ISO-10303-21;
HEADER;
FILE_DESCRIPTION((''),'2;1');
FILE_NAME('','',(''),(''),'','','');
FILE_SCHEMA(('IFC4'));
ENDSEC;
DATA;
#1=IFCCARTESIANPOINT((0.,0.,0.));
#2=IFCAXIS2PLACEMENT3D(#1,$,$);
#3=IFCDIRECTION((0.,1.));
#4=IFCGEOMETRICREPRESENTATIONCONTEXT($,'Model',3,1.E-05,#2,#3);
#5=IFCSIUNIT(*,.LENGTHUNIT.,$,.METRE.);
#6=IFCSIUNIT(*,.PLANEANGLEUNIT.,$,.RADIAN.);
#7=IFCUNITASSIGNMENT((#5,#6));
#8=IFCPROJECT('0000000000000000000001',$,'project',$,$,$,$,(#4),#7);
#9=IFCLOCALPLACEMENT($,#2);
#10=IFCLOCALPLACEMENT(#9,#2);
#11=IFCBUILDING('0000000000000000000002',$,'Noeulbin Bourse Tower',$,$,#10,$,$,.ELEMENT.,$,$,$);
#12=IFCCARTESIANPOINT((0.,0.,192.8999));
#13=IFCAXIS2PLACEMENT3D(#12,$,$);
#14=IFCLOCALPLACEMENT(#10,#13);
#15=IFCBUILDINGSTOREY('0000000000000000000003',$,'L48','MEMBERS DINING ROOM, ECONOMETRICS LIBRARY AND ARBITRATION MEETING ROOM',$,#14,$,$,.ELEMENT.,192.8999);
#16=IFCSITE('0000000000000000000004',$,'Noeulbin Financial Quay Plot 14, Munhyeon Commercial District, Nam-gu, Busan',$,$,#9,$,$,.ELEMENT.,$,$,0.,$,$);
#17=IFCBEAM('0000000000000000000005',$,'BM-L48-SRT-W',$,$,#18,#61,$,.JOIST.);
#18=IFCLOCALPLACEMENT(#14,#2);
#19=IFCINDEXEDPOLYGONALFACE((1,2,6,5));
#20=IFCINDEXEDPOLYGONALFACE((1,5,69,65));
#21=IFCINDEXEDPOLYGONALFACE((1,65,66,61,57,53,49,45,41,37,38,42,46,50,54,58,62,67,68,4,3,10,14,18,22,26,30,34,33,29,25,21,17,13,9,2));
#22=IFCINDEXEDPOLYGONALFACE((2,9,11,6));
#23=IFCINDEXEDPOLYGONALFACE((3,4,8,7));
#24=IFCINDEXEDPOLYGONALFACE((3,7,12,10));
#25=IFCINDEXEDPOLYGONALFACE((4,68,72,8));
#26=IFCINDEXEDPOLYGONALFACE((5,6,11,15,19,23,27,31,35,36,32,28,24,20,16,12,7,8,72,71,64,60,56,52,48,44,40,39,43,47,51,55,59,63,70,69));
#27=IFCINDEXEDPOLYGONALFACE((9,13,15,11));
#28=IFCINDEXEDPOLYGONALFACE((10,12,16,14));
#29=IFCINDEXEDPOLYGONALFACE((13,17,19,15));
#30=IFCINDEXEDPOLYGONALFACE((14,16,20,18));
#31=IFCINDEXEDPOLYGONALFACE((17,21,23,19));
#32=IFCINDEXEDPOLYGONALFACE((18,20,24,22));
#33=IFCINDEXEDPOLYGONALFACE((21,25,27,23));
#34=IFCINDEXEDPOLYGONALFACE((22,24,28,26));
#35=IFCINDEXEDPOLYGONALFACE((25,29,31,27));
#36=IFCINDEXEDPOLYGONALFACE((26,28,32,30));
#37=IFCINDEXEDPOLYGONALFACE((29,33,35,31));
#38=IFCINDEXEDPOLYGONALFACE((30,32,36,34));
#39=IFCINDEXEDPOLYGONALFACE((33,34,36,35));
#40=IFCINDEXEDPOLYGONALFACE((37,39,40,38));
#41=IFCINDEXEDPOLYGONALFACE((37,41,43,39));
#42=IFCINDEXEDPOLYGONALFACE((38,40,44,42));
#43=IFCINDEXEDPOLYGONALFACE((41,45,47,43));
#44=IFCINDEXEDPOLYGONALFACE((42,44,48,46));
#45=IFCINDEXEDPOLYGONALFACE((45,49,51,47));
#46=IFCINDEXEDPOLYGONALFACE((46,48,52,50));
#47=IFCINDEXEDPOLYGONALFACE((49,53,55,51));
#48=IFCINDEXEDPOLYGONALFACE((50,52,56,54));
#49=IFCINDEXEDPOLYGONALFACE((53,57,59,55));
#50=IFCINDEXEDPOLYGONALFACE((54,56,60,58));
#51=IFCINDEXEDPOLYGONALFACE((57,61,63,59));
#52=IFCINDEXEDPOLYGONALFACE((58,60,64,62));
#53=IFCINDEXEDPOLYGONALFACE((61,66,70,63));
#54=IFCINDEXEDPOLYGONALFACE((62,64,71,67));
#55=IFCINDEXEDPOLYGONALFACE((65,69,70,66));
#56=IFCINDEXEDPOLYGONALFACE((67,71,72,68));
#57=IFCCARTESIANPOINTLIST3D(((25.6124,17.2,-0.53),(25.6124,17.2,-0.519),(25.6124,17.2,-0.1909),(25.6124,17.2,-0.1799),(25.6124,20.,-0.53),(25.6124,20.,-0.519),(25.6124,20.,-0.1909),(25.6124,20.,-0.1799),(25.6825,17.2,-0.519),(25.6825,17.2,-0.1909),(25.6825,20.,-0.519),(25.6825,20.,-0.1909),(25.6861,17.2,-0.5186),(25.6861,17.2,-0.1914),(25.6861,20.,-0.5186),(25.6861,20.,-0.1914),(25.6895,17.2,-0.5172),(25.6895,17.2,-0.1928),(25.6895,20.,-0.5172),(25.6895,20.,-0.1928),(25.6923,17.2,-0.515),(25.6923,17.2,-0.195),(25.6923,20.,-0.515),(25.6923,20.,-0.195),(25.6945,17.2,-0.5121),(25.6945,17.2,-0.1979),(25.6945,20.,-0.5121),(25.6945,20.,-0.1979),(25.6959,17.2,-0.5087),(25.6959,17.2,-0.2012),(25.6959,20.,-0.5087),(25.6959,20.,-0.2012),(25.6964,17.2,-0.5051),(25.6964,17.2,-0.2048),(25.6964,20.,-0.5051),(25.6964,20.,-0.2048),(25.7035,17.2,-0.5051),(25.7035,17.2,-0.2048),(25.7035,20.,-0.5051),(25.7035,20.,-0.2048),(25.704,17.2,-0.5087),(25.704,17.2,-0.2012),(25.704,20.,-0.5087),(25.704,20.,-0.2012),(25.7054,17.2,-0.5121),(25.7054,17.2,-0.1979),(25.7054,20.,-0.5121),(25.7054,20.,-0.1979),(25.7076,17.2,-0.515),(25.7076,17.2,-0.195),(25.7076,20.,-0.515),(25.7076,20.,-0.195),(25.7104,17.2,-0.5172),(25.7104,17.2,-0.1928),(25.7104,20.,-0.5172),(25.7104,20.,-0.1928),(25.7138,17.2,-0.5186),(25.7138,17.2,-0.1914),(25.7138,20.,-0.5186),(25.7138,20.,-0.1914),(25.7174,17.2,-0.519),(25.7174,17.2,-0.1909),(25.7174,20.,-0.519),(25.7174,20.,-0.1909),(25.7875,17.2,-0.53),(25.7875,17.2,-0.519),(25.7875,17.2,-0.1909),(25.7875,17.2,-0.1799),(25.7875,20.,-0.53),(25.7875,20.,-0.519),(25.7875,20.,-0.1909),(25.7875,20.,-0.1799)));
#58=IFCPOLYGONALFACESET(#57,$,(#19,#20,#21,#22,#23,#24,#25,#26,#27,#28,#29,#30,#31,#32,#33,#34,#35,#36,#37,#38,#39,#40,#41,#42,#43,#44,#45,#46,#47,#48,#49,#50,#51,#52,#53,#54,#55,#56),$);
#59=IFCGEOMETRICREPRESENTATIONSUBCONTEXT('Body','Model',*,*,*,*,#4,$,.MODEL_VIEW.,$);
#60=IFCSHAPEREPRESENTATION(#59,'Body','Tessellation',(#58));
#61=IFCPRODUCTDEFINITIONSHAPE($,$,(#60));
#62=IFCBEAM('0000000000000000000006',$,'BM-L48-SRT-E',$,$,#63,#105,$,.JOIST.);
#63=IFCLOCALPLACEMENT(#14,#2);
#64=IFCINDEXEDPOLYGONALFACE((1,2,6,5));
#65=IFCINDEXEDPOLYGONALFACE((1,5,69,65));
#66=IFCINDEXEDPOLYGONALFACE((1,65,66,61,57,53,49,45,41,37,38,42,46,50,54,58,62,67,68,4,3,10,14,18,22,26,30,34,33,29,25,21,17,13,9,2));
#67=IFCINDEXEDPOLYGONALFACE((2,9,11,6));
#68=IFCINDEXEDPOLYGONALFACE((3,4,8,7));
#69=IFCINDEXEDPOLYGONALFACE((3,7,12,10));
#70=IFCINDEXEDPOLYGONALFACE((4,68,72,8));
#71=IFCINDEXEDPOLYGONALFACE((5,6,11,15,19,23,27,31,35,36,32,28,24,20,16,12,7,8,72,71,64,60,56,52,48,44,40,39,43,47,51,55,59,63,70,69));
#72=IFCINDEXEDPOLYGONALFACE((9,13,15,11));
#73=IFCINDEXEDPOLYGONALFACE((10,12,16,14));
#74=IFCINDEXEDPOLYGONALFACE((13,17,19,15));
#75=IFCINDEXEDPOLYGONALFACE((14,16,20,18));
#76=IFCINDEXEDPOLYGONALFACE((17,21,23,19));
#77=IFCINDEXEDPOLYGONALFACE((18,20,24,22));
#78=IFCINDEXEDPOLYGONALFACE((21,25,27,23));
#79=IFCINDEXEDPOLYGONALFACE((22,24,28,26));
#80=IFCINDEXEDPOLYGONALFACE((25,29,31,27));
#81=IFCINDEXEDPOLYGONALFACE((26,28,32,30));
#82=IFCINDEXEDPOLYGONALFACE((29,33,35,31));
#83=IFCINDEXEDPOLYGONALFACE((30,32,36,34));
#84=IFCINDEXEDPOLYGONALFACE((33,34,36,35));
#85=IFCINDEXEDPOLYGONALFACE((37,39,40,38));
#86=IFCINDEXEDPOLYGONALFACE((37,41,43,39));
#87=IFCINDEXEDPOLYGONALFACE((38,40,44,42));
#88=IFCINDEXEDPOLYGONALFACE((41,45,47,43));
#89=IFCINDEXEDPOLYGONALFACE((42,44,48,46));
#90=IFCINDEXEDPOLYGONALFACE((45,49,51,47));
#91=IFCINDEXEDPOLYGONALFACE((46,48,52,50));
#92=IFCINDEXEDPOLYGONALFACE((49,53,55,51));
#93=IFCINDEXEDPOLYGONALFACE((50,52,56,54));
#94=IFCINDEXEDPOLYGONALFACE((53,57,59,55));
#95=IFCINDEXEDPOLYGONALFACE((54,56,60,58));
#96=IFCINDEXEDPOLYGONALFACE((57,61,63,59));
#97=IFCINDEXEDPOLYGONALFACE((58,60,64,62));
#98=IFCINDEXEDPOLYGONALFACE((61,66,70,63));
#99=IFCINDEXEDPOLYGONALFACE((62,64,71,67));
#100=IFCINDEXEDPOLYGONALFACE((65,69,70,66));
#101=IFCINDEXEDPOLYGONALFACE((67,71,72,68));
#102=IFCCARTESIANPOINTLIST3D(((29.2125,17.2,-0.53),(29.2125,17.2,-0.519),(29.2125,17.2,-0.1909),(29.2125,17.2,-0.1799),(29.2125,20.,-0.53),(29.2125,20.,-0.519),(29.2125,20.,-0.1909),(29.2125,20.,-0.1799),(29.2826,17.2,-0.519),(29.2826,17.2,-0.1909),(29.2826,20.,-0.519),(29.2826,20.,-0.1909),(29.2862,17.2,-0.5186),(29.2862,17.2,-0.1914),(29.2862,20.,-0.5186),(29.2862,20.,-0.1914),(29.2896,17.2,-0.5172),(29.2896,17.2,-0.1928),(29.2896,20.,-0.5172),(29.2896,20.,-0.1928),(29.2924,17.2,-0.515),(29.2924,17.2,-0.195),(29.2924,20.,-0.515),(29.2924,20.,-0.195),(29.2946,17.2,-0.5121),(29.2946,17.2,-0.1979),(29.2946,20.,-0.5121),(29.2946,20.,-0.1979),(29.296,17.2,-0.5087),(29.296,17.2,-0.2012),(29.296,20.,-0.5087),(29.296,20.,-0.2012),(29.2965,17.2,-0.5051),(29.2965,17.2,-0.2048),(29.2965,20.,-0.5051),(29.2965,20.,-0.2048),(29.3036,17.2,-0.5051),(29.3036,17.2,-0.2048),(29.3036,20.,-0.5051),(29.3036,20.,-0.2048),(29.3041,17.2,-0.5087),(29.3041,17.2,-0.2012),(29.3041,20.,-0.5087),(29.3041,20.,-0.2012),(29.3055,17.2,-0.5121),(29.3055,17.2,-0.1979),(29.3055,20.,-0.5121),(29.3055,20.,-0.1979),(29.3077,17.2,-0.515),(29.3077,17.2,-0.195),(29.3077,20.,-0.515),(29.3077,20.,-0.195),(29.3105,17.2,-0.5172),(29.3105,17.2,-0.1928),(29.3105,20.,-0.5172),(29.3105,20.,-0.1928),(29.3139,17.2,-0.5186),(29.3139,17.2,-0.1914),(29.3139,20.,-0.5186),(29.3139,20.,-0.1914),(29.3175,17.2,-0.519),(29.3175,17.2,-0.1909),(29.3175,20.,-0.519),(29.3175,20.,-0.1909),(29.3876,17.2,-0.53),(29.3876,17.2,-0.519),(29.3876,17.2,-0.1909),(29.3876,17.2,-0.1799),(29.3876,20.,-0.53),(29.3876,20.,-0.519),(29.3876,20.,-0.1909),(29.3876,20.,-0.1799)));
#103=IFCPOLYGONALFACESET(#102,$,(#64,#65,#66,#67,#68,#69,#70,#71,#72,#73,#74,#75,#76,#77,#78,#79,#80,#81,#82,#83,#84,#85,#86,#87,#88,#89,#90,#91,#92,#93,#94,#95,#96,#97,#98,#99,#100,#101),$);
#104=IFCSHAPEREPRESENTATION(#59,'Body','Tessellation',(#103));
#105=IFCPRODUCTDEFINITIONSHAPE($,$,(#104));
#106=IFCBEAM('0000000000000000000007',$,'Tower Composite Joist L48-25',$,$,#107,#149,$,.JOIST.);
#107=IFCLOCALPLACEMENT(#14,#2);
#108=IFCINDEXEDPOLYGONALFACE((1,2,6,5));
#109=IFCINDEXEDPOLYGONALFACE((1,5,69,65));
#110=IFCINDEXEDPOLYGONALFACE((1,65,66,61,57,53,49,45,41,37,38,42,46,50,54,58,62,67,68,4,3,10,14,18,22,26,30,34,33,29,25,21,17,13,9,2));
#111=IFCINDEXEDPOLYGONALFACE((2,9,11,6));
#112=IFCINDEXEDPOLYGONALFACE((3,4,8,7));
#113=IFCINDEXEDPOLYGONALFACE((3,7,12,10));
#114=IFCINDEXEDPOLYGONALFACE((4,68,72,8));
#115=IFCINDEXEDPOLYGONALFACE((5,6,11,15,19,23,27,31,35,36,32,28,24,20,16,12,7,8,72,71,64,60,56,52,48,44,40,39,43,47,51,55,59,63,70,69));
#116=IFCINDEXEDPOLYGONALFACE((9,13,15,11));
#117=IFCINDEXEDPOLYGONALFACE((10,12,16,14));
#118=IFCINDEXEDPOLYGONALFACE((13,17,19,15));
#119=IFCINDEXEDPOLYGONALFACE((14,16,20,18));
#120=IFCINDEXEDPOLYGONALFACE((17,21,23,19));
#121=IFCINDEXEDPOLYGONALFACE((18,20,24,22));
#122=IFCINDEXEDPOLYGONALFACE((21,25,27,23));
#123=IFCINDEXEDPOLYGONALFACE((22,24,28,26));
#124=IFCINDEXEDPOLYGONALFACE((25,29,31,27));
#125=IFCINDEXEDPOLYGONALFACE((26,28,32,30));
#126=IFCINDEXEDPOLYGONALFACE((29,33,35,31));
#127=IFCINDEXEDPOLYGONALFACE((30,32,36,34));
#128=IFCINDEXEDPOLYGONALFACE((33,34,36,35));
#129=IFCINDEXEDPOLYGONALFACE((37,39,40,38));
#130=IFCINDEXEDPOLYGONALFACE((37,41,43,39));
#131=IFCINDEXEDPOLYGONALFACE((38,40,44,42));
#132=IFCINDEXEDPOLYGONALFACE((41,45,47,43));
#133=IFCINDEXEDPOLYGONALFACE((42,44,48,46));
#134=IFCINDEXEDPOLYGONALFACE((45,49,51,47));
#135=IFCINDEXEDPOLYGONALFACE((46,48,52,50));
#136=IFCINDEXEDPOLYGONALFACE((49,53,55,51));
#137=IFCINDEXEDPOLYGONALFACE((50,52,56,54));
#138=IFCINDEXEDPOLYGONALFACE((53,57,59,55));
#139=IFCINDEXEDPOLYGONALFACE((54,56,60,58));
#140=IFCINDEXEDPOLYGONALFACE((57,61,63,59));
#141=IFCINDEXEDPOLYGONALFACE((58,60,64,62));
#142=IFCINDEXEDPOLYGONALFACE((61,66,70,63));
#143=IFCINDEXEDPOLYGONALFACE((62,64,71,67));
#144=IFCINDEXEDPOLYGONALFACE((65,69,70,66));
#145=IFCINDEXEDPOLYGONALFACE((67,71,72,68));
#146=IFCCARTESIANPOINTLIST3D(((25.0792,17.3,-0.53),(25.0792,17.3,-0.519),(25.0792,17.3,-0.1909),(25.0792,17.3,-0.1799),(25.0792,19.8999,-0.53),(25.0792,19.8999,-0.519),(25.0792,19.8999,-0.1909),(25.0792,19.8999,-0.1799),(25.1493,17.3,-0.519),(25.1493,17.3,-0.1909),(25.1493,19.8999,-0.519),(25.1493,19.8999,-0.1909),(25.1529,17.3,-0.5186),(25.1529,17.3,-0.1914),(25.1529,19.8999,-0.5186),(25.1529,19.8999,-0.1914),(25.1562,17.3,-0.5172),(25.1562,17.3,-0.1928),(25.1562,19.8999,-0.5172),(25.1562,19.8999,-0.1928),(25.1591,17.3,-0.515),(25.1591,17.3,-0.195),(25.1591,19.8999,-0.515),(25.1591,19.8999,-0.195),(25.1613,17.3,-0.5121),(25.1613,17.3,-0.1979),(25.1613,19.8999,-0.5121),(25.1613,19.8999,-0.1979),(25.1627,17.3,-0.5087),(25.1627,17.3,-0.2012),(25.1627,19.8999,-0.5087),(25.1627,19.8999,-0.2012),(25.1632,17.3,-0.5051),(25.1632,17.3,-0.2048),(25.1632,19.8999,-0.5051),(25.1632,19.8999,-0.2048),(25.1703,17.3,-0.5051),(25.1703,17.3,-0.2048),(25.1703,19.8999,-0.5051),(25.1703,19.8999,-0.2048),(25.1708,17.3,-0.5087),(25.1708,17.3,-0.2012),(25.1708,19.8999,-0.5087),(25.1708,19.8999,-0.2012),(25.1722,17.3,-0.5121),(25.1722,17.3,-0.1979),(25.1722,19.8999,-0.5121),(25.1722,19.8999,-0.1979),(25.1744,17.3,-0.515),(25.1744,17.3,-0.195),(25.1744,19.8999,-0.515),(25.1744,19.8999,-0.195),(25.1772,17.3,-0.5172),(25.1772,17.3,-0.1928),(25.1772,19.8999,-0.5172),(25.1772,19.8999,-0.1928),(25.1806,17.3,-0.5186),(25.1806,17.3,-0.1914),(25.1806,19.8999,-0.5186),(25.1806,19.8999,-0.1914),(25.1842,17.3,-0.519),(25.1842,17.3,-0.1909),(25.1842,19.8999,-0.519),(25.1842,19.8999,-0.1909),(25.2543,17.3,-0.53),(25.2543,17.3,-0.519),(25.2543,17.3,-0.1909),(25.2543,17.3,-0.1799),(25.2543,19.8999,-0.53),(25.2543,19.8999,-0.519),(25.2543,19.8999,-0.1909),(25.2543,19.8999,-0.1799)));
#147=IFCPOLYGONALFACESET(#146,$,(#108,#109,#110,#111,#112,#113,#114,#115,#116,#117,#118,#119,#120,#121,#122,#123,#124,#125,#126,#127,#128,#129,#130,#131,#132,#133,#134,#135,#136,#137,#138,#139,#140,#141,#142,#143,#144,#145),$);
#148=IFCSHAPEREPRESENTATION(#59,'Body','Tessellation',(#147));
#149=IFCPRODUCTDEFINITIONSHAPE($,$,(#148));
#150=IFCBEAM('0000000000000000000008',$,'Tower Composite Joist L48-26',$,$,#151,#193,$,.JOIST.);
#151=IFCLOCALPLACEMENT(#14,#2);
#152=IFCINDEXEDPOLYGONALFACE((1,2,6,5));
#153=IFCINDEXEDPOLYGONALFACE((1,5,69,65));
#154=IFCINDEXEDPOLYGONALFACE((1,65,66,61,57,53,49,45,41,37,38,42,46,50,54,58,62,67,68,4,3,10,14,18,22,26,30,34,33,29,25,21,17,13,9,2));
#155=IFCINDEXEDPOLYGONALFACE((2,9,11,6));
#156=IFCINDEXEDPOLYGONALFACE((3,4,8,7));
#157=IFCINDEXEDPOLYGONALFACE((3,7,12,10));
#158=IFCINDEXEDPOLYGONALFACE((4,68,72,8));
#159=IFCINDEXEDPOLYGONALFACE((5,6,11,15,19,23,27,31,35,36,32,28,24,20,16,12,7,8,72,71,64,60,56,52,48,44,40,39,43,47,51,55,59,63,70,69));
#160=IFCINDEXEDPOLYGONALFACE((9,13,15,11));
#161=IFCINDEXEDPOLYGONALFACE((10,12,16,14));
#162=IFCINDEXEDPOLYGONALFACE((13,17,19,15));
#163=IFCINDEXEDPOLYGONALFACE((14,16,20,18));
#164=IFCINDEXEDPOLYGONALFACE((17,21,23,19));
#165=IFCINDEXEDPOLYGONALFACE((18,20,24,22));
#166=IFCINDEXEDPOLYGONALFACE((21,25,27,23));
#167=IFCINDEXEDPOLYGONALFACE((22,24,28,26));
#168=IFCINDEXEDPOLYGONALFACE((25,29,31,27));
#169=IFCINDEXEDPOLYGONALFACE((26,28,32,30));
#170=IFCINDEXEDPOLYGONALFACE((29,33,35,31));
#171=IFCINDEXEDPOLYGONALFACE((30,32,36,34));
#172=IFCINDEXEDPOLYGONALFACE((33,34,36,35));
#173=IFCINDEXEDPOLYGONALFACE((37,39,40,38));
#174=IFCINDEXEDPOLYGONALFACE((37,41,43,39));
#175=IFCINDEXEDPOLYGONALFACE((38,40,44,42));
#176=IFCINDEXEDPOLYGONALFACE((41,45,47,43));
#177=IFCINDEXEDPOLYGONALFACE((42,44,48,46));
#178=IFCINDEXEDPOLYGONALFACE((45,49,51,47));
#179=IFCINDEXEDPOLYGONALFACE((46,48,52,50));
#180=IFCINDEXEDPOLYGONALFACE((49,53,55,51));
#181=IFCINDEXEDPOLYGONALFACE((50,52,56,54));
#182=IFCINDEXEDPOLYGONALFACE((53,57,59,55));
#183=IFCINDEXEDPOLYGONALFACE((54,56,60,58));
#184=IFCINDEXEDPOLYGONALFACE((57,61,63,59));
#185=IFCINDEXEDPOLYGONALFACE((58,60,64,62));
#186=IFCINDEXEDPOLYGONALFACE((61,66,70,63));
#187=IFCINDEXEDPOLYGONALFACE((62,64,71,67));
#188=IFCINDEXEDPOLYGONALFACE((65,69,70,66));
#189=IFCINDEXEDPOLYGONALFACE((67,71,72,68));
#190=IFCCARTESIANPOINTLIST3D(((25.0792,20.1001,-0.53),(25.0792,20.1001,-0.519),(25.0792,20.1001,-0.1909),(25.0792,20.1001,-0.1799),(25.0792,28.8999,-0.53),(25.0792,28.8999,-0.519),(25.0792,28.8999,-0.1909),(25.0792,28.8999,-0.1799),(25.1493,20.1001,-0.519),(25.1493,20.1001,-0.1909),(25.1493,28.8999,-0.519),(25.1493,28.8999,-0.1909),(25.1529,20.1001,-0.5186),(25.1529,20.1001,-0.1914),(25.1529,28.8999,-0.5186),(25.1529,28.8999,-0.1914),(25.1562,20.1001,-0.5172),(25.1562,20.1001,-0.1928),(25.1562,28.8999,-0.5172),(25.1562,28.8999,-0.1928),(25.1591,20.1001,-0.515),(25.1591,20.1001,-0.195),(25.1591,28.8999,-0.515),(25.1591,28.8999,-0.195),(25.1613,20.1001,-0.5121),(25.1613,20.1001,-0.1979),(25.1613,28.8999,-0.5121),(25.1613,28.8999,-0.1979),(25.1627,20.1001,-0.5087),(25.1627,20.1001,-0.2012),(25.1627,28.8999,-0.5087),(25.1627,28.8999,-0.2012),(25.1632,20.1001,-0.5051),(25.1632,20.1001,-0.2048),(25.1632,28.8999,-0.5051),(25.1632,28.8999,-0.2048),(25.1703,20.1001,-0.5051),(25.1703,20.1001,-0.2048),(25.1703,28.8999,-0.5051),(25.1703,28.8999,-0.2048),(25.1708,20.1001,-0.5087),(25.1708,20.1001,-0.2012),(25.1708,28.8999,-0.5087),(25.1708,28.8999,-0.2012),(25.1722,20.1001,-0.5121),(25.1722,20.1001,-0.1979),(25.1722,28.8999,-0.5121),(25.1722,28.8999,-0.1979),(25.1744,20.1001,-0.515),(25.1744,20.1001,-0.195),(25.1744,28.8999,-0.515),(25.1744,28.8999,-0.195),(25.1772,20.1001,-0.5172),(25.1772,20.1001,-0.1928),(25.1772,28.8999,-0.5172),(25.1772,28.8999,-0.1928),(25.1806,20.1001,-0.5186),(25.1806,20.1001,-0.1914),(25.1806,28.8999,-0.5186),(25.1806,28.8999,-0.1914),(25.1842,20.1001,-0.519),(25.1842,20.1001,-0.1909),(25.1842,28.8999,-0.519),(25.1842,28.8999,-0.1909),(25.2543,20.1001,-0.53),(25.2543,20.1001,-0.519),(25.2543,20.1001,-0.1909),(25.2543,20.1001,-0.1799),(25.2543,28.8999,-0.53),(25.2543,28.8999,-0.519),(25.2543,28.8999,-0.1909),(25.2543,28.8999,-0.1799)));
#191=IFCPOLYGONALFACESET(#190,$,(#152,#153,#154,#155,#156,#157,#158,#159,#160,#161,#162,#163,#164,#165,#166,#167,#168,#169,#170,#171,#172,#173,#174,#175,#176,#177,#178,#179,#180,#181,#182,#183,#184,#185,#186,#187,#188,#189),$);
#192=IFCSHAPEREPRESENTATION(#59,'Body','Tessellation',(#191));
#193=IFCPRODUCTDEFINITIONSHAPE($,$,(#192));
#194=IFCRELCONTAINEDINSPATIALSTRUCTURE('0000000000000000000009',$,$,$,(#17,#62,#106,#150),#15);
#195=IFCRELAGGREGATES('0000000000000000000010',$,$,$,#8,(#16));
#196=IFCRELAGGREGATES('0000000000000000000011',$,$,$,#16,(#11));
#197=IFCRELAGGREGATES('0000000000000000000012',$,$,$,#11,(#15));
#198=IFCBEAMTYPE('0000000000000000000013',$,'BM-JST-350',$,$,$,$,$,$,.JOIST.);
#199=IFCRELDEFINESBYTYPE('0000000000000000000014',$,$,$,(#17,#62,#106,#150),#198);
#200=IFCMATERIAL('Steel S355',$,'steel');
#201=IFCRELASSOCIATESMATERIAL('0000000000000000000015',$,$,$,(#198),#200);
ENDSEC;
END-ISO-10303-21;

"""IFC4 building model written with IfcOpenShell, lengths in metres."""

from ifc_helpers import new_model, si_unit, direction, frame, origin, origin_2d, place, context, subcontext, project, spatial, i_section, extrude, material, material_profile, profile_set, type_object, element, save


model = new_model("IFC4")

# Units and contexts
model_context = context("Model", 3, precision=1e-05, world=origin(), true_north=direction((0.0, 1.0)))
body_context = subcontext(model_context, "Body", "Model", "MODEL_VIEW")
ifc_project = project(units=[si_unit("LENGTHUNIT", "METRE"), si_unit("PLANEANGLEUNIT", "RADIAN")], contexts=[model_context])

# Site, building, storey
site_placement = place(None, origin())
site = spatial("IfcSite", under=ifc_project, at=site_placement, Name="Noeulbin Financial Quay Plot 14, Munhyeon Commercial District, Nam-gu, Busan", CompositionType="ELEMENT", RefElevation=0.0)
building_placement = place(site_placement, origin())
building = spatial("IfcBuilding", under=site, at=building_placement, Name="Noeulbin Bourse Tower", CompositionType="ELEMENT")
storey_placement = place(building_placement, frame((0.0, 0.0, 192.8999)))
storey = spatial("IfcBuildingStorey", under=building, at=storey_placement, Name="L48", Description="MEMBERS DINING ROOM, ECONOMETRICS LIBRARY AND ARBITRATION MEETING ROOM", CompositionType="ELEMENT", Elevation=192.8999)

# Beams
ifc_material_1 = material(Name="Steel S355", Category="steel")
ifc_material_profile_1 = material_profile(ifc_material_1, i_section(OverallWidth=0.175, OverallDepth=0.3501, WebThickness=0.0071, FlangeThickness=0.011, FilletRadius=0.0139, at=origin_2d()), Name="H-350x175x7x11", Category="LoadBearing")
ifc_profile_set_1 = profile_set([ifc_material_profile_1], Name="Steel S355")
beam_type_1 = type_object("IfcBeamType", Name="BM-JST-350", PredefinedType="JOIST", material=ifc_profile_set_1)
for number, where, z_axis, x_axis, name in (
    (1, (25.7, 17.2, -0.355), (0.0, 1.0, 0.0), (-1.0, 0.0, 0.0), "BM-L48-SRT-W"),
    (2, (29.3, 17.2, -0.355), (0.0, 1.0, 0.0), (-1.0, 0.0, 0.0), "BM-L48-SRT-E"),
):
    element("IfcBeam", number, at=place(storey_placement, frame(where, z_axis=z_axis, x_axis=x_axis)), inside=storey, type_object=beam_type_1, Name=name, PredefinedType="JOIST", context=body_context, shape_type="SweptSolid", body=[
        extrude(i_section(OverallWidth=0.175, OverallDepth=0.3501, WebThickness=0.0071, FlangeThickness=0.011, FilletRadius=0.0139, at=origin_2d()), origin(), (0.0, 0.0, 1.0), 2.8),
    ])
beam_1_placement = place(storey_placement, frame((25.1667, 17.3, -0.355), z_axis=(0.0, 1.0, 0.0), x_axis=(-1.0, 0.0, 0.0)))
element("IfcBeam", 3, at=beam_1_placement, inside=storey, type_object=beam_type_1, Name="Tower Composite Joist L48-25", PredefinedType="JOIST", context=body_context, shape_type="SweptSolid", body=[
    extrude(i_section(OverallWidth=0.175, OverallDepth=0.3501, WebThickness=0.0071, FlangeThickness=0.011, FilletRadius=0.0139, at=origin_2d()), origin(), (0.0, 0.0, 1.0), 2.5999),
])
for number, where, z_axis, x_axis, name in (
    (4, (25.1667, 20.1001, -0.355), (0.0, 1.0, 0.0), (-1.0, 0.0, 0.0), "Tower Composite Joist L48-26"),
):
    element("IfcBeam", number, at=place(storey_placement, frame(where, z_axis=z_axis, x_axis=x_axis)), inside=storey, type_object=beam_type_1, Name=name, PredefinedType="JOIST", context=body_context, shape_type="SweptSolid", body=[
        extrude(i_section(OverallWidth=0.175, OverallDepth=0.3501, WebThickness=0.0071, FlangeThickness=0.011, FilletRadius=0.0139, at=origin_2d()), origin(), (0.0, 0.0, 1.0), 8.7998),
    ])

save(model, "model.ifc")
